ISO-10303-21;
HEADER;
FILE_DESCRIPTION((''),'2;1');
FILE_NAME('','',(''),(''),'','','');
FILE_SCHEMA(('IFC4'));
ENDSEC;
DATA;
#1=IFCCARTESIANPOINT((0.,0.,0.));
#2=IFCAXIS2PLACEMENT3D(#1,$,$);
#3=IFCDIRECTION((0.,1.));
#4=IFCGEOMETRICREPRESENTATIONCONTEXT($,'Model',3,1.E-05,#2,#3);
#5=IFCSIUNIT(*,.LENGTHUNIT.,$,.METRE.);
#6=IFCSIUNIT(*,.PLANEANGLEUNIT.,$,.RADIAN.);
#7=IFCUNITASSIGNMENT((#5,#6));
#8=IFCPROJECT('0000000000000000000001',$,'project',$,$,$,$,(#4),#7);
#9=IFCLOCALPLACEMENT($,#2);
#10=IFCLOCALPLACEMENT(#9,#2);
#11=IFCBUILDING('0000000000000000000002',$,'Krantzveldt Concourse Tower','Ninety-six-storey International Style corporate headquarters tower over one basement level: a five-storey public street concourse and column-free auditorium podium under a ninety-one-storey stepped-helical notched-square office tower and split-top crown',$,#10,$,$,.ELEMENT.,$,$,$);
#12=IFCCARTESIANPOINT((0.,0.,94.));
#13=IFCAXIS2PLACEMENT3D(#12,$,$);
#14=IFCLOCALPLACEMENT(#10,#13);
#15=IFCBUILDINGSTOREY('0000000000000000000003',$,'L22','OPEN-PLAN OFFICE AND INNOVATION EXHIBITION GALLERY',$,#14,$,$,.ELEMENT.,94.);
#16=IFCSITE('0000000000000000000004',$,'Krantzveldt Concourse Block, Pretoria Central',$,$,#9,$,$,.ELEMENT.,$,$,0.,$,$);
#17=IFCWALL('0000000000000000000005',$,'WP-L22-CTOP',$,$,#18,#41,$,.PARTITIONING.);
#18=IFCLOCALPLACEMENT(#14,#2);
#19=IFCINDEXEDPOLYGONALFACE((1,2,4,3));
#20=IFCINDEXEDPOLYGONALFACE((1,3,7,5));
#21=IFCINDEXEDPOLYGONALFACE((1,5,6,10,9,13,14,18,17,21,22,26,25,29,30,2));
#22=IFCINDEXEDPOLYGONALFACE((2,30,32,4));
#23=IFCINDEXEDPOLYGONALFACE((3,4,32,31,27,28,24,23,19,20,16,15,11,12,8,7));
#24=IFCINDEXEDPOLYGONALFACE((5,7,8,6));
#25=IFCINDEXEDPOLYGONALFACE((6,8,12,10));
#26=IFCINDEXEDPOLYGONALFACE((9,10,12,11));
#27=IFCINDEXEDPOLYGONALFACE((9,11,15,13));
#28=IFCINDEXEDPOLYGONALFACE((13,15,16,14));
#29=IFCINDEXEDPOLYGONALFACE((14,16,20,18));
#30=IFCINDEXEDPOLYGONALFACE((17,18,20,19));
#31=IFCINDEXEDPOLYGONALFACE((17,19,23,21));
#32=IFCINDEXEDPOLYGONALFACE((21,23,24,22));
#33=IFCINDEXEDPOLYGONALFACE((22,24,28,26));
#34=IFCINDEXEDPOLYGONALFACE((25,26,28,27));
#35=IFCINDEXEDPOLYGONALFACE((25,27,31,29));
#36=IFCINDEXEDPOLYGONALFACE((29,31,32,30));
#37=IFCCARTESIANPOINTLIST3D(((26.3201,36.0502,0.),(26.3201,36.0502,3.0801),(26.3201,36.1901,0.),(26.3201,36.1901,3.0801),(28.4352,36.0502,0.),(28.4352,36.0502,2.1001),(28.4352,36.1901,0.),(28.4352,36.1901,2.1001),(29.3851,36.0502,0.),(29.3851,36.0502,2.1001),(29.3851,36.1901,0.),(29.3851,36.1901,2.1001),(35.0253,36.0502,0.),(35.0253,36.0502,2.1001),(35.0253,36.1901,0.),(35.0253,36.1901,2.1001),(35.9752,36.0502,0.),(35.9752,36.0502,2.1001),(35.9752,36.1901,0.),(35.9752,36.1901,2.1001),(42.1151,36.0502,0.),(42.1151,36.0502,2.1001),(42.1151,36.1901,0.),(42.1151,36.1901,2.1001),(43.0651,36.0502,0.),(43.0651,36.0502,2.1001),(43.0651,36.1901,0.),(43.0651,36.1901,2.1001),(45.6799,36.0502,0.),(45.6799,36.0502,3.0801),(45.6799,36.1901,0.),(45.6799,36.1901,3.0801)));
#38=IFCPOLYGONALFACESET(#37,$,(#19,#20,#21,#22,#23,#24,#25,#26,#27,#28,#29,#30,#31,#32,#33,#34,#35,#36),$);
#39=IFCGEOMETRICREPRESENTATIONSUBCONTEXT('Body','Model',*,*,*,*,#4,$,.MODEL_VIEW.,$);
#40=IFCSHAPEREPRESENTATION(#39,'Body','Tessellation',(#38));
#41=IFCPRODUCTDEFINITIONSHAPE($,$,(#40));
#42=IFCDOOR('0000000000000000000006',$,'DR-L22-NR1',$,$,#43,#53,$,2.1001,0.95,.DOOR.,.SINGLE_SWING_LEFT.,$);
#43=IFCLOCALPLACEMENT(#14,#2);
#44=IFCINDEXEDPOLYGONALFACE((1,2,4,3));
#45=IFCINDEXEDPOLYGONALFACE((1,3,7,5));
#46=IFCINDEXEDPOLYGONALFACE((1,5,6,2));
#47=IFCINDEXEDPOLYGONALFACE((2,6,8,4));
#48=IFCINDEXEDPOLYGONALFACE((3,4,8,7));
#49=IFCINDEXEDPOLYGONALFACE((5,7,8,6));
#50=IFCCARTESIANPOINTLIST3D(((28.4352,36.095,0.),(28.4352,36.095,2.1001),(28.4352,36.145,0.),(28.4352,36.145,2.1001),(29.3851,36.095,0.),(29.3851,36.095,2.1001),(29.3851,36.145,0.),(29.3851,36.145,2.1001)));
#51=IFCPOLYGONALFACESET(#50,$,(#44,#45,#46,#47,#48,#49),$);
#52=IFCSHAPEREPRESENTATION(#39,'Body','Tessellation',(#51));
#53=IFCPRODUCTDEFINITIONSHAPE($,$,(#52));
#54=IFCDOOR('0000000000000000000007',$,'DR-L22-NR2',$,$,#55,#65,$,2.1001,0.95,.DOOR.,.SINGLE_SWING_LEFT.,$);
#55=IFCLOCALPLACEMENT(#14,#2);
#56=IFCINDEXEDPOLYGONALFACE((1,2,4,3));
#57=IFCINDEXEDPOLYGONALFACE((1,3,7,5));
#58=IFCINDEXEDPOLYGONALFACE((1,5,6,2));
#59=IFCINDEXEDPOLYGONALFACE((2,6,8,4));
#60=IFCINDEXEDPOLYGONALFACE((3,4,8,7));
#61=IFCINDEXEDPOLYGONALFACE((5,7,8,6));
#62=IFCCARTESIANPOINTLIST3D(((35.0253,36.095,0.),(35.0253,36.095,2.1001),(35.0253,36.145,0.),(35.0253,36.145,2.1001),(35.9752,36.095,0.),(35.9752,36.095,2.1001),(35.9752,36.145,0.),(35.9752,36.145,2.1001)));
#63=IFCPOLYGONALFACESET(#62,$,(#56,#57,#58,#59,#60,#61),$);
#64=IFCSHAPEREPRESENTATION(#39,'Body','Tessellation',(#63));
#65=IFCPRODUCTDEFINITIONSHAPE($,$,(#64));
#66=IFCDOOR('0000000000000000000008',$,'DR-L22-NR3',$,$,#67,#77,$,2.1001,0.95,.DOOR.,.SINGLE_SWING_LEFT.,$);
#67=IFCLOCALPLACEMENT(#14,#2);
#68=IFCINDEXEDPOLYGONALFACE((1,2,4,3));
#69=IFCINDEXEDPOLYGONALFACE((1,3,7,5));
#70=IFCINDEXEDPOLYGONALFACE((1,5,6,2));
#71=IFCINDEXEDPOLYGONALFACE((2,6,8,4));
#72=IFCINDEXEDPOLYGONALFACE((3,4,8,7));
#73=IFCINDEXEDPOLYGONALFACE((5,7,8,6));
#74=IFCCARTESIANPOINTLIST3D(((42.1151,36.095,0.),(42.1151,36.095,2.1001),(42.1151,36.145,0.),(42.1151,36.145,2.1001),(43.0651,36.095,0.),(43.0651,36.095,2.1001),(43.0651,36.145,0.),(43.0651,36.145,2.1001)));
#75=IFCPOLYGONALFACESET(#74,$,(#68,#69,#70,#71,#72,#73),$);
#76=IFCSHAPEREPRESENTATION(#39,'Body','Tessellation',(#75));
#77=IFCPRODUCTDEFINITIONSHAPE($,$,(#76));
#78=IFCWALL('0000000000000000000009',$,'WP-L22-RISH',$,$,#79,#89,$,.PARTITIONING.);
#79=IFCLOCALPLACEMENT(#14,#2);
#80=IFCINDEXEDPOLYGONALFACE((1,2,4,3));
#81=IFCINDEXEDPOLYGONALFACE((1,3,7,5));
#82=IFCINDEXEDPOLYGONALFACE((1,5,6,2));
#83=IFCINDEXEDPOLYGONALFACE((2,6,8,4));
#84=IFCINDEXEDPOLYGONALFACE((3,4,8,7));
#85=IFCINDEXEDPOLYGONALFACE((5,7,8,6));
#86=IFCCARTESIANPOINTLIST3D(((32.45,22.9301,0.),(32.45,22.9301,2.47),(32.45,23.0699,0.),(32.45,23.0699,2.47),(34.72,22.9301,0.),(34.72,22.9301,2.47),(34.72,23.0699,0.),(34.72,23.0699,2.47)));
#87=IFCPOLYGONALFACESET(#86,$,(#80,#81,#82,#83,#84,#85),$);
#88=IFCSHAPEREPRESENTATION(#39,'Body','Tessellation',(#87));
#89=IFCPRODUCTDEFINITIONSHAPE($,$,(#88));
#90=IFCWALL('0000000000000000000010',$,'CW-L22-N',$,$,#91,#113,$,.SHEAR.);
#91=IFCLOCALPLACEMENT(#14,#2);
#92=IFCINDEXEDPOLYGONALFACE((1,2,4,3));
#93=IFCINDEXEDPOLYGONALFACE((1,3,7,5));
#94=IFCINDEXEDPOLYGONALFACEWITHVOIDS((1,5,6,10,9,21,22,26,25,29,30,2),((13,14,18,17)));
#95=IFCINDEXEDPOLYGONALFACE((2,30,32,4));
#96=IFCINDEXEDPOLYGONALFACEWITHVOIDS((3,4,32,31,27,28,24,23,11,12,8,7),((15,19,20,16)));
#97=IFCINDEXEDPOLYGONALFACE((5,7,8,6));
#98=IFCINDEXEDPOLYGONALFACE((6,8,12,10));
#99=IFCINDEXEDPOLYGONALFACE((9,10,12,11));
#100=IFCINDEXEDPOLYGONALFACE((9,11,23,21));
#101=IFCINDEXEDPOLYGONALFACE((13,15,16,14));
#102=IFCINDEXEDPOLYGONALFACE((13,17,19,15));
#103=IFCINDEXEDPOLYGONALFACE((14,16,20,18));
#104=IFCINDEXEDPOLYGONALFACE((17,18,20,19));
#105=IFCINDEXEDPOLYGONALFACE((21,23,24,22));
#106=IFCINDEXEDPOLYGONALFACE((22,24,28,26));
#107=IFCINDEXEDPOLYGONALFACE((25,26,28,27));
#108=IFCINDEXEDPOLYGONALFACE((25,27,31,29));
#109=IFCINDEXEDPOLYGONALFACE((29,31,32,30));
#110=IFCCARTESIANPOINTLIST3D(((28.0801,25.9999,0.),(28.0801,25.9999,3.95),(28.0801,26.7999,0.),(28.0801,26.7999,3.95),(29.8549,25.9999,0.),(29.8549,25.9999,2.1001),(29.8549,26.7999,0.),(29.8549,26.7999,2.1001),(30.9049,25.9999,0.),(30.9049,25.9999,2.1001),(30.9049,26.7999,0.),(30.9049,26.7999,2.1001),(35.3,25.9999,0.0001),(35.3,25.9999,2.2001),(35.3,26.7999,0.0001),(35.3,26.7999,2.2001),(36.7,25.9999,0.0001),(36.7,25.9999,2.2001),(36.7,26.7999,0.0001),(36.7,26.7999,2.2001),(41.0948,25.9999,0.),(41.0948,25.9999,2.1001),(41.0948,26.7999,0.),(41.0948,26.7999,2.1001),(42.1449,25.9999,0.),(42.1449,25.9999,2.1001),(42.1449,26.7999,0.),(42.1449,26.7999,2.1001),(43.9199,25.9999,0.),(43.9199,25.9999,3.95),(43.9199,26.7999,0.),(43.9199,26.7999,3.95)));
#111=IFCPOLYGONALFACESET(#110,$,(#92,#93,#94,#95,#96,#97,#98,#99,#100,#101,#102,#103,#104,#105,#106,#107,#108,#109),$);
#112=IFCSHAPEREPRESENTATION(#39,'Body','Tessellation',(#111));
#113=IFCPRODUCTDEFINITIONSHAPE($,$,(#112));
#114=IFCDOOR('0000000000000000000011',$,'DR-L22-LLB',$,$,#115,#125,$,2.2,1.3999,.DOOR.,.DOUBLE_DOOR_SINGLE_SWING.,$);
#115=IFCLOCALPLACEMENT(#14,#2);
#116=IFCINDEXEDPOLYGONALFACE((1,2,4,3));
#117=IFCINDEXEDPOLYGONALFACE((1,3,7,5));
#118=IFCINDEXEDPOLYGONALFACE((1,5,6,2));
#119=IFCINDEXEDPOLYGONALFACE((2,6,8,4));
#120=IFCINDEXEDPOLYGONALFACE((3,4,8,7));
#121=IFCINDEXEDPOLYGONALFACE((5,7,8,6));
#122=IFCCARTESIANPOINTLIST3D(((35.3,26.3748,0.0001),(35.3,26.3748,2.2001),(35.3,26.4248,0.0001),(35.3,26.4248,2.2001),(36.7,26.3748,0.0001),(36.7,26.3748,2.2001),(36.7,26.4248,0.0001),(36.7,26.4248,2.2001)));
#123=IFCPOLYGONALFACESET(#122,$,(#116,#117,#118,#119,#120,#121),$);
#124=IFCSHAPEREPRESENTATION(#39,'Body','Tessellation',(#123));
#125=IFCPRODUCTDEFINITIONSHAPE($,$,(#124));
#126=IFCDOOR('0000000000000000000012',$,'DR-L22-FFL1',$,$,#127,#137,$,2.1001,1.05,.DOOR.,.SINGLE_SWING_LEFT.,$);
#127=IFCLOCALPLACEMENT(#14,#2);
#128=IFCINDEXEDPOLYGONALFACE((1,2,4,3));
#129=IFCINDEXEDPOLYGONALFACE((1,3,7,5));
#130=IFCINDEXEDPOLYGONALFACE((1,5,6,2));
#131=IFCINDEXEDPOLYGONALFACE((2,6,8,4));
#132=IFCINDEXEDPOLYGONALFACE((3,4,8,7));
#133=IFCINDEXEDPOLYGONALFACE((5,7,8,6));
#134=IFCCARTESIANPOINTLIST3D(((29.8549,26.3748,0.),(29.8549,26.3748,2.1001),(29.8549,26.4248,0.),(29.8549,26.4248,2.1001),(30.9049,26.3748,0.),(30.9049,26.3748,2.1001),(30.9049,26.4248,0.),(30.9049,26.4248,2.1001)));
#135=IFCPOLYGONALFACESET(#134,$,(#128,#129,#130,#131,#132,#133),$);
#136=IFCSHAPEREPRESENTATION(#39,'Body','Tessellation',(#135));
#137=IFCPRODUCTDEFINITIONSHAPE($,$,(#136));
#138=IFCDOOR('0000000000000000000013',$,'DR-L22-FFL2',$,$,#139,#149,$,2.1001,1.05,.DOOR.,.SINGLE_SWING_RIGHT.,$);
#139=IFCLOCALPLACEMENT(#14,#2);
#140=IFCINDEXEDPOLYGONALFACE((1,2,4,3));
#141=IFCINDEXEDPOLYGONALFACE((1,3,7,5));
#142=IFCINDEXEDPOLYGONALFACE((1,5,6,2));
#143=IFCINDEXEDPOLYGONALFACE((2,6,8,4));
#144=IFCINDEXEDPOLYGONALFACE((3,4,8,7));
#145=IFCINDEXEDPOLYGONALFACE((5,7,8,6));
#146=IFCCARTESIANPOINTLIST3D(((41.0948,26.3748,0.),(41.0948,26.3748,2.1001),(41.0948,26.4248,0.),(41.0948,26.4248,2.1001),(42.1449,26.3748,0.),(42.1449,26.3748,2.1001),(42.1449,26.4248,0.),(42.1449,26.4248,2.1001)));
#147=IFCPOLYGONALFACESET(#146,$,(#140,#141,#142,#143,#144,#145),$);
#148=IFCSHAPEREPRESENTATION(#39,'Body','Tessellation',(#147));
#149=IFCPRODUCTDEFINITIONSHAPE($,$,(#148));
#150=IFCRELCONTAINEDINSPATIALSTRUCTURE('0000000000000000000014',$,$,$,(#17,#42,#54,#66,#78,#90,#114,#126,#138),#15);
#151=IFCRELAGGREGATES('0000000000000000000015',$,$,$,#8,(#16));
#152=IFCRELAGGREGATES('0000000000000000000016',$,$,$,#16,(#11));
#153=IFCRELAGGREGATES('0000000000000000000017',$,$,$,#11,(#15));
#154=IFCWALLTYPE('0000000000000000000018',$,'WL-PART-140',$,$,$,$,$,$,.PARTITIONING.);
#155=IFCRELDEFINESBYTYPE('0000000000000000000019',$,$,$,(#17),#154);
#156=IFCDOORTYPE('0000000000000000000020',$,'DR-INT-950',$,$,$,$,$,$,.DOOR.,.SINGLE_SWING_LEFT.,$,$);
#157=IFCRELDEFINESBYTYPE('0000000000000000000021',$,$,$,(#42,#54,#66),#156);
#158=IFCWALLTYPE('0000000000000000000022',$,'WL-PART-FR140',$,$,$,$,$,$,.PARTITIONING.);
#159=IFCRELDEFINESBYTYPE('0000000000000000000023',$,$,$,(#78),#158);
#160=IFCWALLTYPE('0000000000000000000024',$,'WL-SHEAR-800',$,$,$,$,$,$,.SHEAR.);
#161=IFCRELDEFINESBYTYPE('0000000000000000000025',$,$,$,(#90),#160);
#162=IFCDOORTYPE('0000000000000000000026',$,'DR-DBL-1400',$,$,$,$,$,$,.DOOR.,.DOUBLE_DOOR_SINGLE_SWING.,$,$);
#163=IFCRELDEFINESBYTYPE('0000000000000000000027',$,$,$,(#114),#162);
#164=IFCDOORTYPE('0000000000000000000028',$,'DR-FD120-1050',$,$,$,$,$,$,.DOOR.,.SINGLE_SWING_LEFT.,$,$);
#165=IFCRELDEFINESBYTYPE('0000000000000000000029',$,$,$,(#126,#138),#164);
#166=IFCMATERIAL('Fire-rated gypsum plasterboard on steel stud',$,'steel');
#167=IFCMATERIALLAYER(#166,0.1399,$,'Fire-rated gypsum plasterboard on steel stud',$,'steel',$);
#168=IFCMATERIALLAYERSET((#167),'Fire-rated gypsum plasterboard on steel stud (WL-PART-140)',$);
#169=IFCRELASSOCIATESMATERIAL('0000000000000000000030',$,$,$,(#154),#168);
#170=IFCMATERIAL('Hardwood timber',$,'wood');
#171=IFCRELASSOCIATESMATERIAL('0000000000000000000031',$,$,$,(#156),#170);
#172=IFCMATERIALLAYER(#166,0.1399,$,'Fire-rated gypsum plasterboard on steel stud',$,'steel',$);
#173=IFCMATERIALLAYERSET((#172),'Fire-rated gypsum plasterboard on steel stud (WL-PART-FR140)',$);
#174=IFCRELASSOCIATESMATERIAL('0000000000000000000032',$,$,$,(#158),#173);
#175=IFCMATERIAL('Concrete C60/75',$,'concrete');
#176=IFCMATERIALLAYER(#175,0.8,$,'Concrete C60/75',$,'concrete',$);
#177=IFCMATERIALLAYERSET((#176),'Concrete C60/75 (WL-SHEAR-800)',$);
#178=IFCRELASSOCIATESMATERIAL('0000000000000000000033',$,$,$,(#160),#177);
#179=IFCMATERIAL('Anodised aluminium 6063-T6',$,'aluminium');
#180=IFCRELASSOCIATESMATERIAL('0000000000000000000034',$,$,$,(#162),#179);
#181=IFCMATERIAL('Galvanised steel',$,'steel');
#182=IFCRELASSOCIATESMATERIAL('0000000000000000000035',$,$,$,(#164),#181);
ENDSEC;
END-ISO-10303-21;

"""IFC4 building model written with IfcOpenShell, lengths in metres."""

from ifc_helpers import new_model, si_unit, direction, frame, frame_2d, origin, place, context, subcontext, project, spatial, rectangle, extrude, material, layer, layer_set, type_object, element, fill, save


model = new_model("IFC4")

# Units and contexts
model_context = context("Model", 3, precision=1e-05, world=origin(), true_north=direction((0.0, 1.0)))
body_context = subcontext(model_context, "Body", "Model", "MODEL_VIEW")
ifc_project = project(units=[si_unit("LENGTHUNIT", "METRE"), si_unit("PLANEANGLEUNIT", "RADIAN")], contexts=[model_context])

# Site, building, storey
site_placement = place(None, origin())
site = spatial("IfcSite", under=ifc_project, at=site_placement, Name="Krantzveldt Concourse Block, Pretoria Central", CompositionType="ELEMENT", RefElevation=0.0)
building_placement = place(site_placement, origin())
building = spatial("IfcBuilding", under=site, at=building_placement, Name="Krantzveldt Concourse Tower", Description="Ninety-six-storey International Style corporate headquarters tower over one basement level: a five-storey public street concourse and column-free auditorium podium under a ninety-one-storey stepped-helical notched-square office tower and split-top crown", CompositionType="ELEMENT")
storey_placement = place(building_placement, frame((0.0, 0.0, 94.0)))
storey = spatial("IfcBuildingStorey", under=building, at=storey_placement, Name="L22", Description="OPEN-PLAN OFFICE AND INNOVATION EXHIBITION GALLERY", CompositionType="ELEMENT", Elevation=94.0)

# Shared definitions
ifc_material_1 = material(Name="Fire-rated gypsum plasterboard on steel stud", Category="steel")

# Shared definitions
ifc_layer_1 = layer(ifc_material_1, 0.1399, Name="Fire-rated gypsum plasterboard on steel stud", Category="steel")
ifc_layer_set_1 = layer_set([ifc_layer_1], Name="Fire-rated gypsum plasterboard on steel stud (WL-PART-140)")
wall_type_1 = type_object("IfcWallType", Name="WL-PART-140", PredefinedType="PARTITIONING", material=ifc_layer_set_1)
ifc_material_2 = material(Name="Hardwood timber", Category="wood")

# Shared definitions
door_type_1 = type_object("IfcDoorType", Name="DR-INT-950", OperationType="SINGLE_SWING_LEFT", PredefinedType="DOOR", material=ifc_material_2)

# Wall, openings, doors
wall_1_placement = place(storey_placement, frame((26.3201, 36.1201, 0.0), z_axis=(0.0, 0.0, 1.0), x_axis=(1.0, 0.0, 0.0)))
wall_1 = element("IfcWall", 1, at=wall_1_placement, inside=storey, type_object=wall_type_1, Name="WP-L22-CTOP", PredefinedType="PARTITIONING", context=body_context, shape_type="SweptSolid", body=[
    extrude(rectangle(XDim=19.3599, YDim=0.1399, at=frame_2d((9.6799, 0.0))), origin(), (0.0, 0.0, 1.0), 3.0801),
])
opening_1_placement = place(wall_1_placement, frame((2.115, 0.0, 0.0)))
opening_1 = element("IfcOpeningElement", 2, at=opening_1_placement, cuts=wall_1, PredefinedType="OPENING", context=body_context, shape_type="SweptSolid", body=[
    extrude(rectangle(XDim=0.95, YDim=2.1001, at=frame_2d((0.4751, 1.05))), frame((0.0, 0.0801, 0.0), z_axis=(0.0, -1.0, 0.0), x_axis=(1.0, 0.0, 0.0)), (0.0, 0.0, 1.0), 0.1599),
])
opening_2_placement = place(wall_1_placement, frame((8.7051, 0.0, 0.0)))
opening_2 = element("IfcOpeningElement", 3, at=opening_2_placement, cuts=wall_1, PredefinedType="OPENING", context=body_context, shape_type="SweptSolid", body=[
    extrude(rectangle(XDim=0.95, YDim=2.1001, at=frame_2d((0.4751, 1.05))), frame((0.0, 0.0801, 0.0), z_axis=(0.0, -1.0, 0.0), x_axis=(1.0, 0.0, 0.0)), (0.0, 0.0, 1.0), 0.1599),
])
opening_3_placement = place(wall_1_placement, frame((15.7949, 0.0, 0.0)))
opening_3 = element("IfcOpeningElement", 4, at=opening_3_placement, cuts=wall_1, PredefinedType="OPENING", context=body_context, shape_type="SweptSolid", body=[
    extrude(rectangle(XDim=0.95, YDim=2.1001, at=frame_2d((0.4751, 1.05))), frame((0.0, 0.0801, 0.0), z_axis=(0.0, -1.0, 0.0), x_axis=(1.0, 0.0, 0.0)), (0.0, 0.0, 1.0), 0.1599),
])
door_1_placement = place(opening_1_placement, origin())
door_1 = element("IfcDoor", 5, at=door_1_placement, inside=storey, type_object=door_type_1, Name="DR-L22-NR1", OperationType="SINGLE_SWING_LEFT", OverallHeight=2.1001, OverallWidth=0.95, PredefinedType="DOOR", context=body_context, shape_type="SweptSolid", body=[
    extrude(rectangle(XDim=0.95, YDim=2.1001, at=frame_2d((0.4751, 1.05))), frame((0.0, 0.0249, 0.0), z_axis=(0.0, -1.0, 0.0), x_axis=(1.0, 0.0, 0.0)), (0.0, 0.0, 1.0), 0.05),
])
fill(opening_1, door_1)
door_2_placement = place(opening_2_placement, origin())
door_2 = element("IfcDoor", 6, at=door_2_placement, inside=storey, type_object=door_type_1, Name="DR-L22-NR2", OperationType="SINGLE_SWING_LEFT", OverallHeight=2.1001, OverallWidth=0.95, PredefinedType="DOOR", context=body_context, shape_type="SweptSolid", body=[
    extrude(rectangle(XDim=0.95, YDim=2.1001, at=frame_2d((0.4751, 1.05))), frame((0.0, 0.0249, 0.0), z_axis=(0.0, -1.0, 0.0), x_axis=(1.0, 0.0, 0.0)), (0.0, 0.0, 1.0), 0.05),
])
fill(opening_2, door_2)
door_3_placement = place(opening_3_placement, origin())
door_3 = element("IfcDoor", 7, at=door_3_placement, inside=storey, type_object=door_type_1, Name="DR-L22-NR3", OperationType="SINGLE_SWING_LEFT", OverallHeight=2.1001, OverallWidth=0.95, PredefinedType="DOOR", context=body_context, shape_type="SweptSolid", body=[
    extrude(rectangle(XDim=0.95, YDim=2.1001, at=frame_2d((0.4751, 1.05))), frame((0.0, 0.0249, 0.0), z_axis=(0.0, -1.0, 0.0), x_axis=(1.0, 0.0, 0.0)), (0.0, 0.0, 1.0), 0.05),
])
fill(opening_3, door_3)

# Wall
ifc_layer_2 = layer(ifc_material_1, 0.1399, Name="Fire-rated gypsum plasterboard on steel stud", Category="steel")
ifc_layer_set_2 = layer_set([ifc_layer_2], Name="Fire-rated gypsum plasterboard on steel stud (WL-PART-FR140)")
wall_type_2 = type_object("IfcWallType", Name="WL-PART-FR140", PredefinedType="PARTITIONING", material=ifc_layer_set_2)
wall_2_placement = place(storey_placement, frame((32.45, 23.0, 0.0), z_axis=(0.0, 0.0, 1.0), x_axis=(1.0, 0.0, 0.0)))
element("IfcWall", 8, at=wall_2_placement, inside=storey, type_object=wall_type_2, Name="WP-L22-RISH", PredefinedType="PARTITIONING", context=body_context, shape_type="SweptSolid", body=[
    extrude(rectangle(XDim=2.27, YDim=0.1399, at=frame_2d((1.135, 0.0))), origin(), (0.0, 0.0, 1.0), 2.47),
])

# Wall, openings, doors
ifc_material_3 = material(Name="Concrete C60/75", Category="concrete")
ifc_layer_3 = layer(ifc_material_3, 0.8, Name="Concrete C60/75", Category="concrete")
ifc_layer_set_3 = layer_set([ifc_layer_3], Name="Concrete C60/75 (WL-SHEAR-800)")
wall_type_3 = type_object("IfcWallType", Name="WL-SHEAR-800", PredefinedType="SHEAR", material=ifc_layer_set_3)
wall_3_placement = place(storey_placement, frame((28.0801, 26.3999, 0.0), z_axis=(0.0, 0.0, 1.0), x_axis=(1.0, 0.0, 0.0)))
wall_3 = element("IfcWall", 9, at=wall_3_placement, inside=storey, type_object=wall_type_3, Name="CW-L22-N", PredefinedType="SHEAR", context=body_context, shape_type="SweptSolid", body=[
    extrude(rectangle(XDim=15.8398, YDim=0.8, at=frame_2d((7.9199, 0.0))), origin(), (0.0, 0.0, 1.0), 3.95),
])
opening_4_placement = place(wall_3_placement, frame((7.22, 0.0, 0.0)))
opening_4 = element("IfcOpeningElement", 10, at=opening_4_placement, cuts=wall_3, PredefinedType="OPENING", context=body_context, shape_type="SweptSolid", body=[
    extrude(rectangle(XDim=1.3999, YDim=2.2, at=frame_2d((0.7, 1.1001))), frame((0.0, 0.4102, 0.0), z_axis=(0.0, -1.0, 0.0), x_axis=(1.0, 0.0, 0.0)), (0.0, 0.0, 1.0), 0.8201),
])
opening_5_placement = place(wall_3_placement, frame((1.7749, 0.0, 0.0)))
opening_5 = element("IfcOpeningElement", 11, at=opening_5_placement, cuts=wall_3, PredefinedType="OPENING", context=body_context, shape_type="SweptSolid", body=[
    extrude(rectangle(XDim=1.05, YDim=2.1001, at=frame_2d((0.5249, 1.05))), frame((0.0, 0.4102, 0.0), z_axis=(0.0, -1.0, 0.0), x_axis=(1.0, 0.0, 0.0)), (0.0, 0.0, 1.0), 0.8201),
])
opening_6_placement = place(wall_3_placement, frame((13.0149, 0.0, 0.0)))
opening_6 = element("IfcOpeningElement", 12, at=opening_6_placement, cuts=wall_3, PredefinedType="OPENING", context=body_context, shape_type="SweptSolid", body=[
    extrude(rectangle(XDim=1.05, YDim=2.1001, at=frame_2d((0.5249, 1.05))), frame((0.0, 0.4102, 0.0), z_axis=(0.0, -1.0, 0.0), x_axis=(1.0, 0.0, 0.0)), (0.0, 0.0, 1.0), 0.8201),
])
ifc_material_4 = material(Name="Anodised aluminium 6063-T6", Category="aluminium")
door_type_2 = type_object("IfcDoorType", Name="DR-DBL-1400", OperationType="DOUBLE_DOOR_SINGLE_SWING", PredefinedType="DOOR", material=ifc_material_4)
door_4_placement = place(opening_4_placement, origin())
door_4 = element("IfcDoor", 13, at=door_4_placement, inside=storey, type_object=door_type_2, Name="DR-L22-LLB", OperationType="DOUBLE_DOOR_SINGLE_SWING", OverallHeight=2.2, OverallWidth=1.3999, PredefinedType="DOOR", context=body_context, shape_type="SweptSolid", body=[
    extrude(rectangle(XDim=1.3999, YDim=2.2, at=frame_2d((0.7, 1.1001))), frame((0.0, 0.0249, 0.0), z_axis=(0.0, -1.0, 0.0), x_axis=(1.0, 0.0, 0.0)), (0.0, 0.0, 1.0), 0.05),
])
fill(opening_4, door_4)
ifc_material_5 = material(Name="Galvanised steel", Category="steel")
door_type_3 = type_object("IfcDoorType", Name="DR-FD120-1050", OperationType="SINGLE_SWING_LEFT", PredefinedType="DOOR", material=ifc_material_5)
door_5_placement = place(opening_5_placement, origin())
door_5 = element("IfcDoor", 14, at=door_5_placement, inside=storey, type_object=door_type_3, Name="DR-L22-FFL1", OperationType="SINGLE_SWING_LEFT", OverallHeight=2.1001, OverallWidth=1.05, PredefinedType="DOOR", context=body_context, shape_type="SweptSolid", body=[
    extrude(rectangle(XDim=1.05, YDim=2.1001, at=frame_2d((0.5249, 1.05))), frame((0.0, 0.0249, 0.0), z_axis=(0.0, -1.0, 0.0), x_axis=(1.0, 0.0, 0.0)), (0.0, 0.0, 1.0), 0.05),
])
fill(opening_5, door_5)
door_6_placement = place(opening_6_placement, origin())
door_6 = element("IfcDoor", 15, at=door_6_placement, inside=storey, type_object=door_type_3, Name="DR-L22-FFL2", OperationType="SINGLE_SWING_RIGHT", OverallHeight=2.1001, OverallWidth=1.05, PredefinedType="DOOR", context=body_context, shape_type="SweptSolid", body=[
    extrude(rectangle(XDim=1.05, YDim=2.1001, at=frame_2d((0.5249, 1.05))), frame((0.0, 0.0249, 0.0), z_axis=(0.0, -1.0, 0.0), x_axis=(1.0, 0.0, 0.0)), (0.0, 0.0, 1.0), 0.05),
])
fill(opening_6, door_6)

save(model, "model.ifc")
